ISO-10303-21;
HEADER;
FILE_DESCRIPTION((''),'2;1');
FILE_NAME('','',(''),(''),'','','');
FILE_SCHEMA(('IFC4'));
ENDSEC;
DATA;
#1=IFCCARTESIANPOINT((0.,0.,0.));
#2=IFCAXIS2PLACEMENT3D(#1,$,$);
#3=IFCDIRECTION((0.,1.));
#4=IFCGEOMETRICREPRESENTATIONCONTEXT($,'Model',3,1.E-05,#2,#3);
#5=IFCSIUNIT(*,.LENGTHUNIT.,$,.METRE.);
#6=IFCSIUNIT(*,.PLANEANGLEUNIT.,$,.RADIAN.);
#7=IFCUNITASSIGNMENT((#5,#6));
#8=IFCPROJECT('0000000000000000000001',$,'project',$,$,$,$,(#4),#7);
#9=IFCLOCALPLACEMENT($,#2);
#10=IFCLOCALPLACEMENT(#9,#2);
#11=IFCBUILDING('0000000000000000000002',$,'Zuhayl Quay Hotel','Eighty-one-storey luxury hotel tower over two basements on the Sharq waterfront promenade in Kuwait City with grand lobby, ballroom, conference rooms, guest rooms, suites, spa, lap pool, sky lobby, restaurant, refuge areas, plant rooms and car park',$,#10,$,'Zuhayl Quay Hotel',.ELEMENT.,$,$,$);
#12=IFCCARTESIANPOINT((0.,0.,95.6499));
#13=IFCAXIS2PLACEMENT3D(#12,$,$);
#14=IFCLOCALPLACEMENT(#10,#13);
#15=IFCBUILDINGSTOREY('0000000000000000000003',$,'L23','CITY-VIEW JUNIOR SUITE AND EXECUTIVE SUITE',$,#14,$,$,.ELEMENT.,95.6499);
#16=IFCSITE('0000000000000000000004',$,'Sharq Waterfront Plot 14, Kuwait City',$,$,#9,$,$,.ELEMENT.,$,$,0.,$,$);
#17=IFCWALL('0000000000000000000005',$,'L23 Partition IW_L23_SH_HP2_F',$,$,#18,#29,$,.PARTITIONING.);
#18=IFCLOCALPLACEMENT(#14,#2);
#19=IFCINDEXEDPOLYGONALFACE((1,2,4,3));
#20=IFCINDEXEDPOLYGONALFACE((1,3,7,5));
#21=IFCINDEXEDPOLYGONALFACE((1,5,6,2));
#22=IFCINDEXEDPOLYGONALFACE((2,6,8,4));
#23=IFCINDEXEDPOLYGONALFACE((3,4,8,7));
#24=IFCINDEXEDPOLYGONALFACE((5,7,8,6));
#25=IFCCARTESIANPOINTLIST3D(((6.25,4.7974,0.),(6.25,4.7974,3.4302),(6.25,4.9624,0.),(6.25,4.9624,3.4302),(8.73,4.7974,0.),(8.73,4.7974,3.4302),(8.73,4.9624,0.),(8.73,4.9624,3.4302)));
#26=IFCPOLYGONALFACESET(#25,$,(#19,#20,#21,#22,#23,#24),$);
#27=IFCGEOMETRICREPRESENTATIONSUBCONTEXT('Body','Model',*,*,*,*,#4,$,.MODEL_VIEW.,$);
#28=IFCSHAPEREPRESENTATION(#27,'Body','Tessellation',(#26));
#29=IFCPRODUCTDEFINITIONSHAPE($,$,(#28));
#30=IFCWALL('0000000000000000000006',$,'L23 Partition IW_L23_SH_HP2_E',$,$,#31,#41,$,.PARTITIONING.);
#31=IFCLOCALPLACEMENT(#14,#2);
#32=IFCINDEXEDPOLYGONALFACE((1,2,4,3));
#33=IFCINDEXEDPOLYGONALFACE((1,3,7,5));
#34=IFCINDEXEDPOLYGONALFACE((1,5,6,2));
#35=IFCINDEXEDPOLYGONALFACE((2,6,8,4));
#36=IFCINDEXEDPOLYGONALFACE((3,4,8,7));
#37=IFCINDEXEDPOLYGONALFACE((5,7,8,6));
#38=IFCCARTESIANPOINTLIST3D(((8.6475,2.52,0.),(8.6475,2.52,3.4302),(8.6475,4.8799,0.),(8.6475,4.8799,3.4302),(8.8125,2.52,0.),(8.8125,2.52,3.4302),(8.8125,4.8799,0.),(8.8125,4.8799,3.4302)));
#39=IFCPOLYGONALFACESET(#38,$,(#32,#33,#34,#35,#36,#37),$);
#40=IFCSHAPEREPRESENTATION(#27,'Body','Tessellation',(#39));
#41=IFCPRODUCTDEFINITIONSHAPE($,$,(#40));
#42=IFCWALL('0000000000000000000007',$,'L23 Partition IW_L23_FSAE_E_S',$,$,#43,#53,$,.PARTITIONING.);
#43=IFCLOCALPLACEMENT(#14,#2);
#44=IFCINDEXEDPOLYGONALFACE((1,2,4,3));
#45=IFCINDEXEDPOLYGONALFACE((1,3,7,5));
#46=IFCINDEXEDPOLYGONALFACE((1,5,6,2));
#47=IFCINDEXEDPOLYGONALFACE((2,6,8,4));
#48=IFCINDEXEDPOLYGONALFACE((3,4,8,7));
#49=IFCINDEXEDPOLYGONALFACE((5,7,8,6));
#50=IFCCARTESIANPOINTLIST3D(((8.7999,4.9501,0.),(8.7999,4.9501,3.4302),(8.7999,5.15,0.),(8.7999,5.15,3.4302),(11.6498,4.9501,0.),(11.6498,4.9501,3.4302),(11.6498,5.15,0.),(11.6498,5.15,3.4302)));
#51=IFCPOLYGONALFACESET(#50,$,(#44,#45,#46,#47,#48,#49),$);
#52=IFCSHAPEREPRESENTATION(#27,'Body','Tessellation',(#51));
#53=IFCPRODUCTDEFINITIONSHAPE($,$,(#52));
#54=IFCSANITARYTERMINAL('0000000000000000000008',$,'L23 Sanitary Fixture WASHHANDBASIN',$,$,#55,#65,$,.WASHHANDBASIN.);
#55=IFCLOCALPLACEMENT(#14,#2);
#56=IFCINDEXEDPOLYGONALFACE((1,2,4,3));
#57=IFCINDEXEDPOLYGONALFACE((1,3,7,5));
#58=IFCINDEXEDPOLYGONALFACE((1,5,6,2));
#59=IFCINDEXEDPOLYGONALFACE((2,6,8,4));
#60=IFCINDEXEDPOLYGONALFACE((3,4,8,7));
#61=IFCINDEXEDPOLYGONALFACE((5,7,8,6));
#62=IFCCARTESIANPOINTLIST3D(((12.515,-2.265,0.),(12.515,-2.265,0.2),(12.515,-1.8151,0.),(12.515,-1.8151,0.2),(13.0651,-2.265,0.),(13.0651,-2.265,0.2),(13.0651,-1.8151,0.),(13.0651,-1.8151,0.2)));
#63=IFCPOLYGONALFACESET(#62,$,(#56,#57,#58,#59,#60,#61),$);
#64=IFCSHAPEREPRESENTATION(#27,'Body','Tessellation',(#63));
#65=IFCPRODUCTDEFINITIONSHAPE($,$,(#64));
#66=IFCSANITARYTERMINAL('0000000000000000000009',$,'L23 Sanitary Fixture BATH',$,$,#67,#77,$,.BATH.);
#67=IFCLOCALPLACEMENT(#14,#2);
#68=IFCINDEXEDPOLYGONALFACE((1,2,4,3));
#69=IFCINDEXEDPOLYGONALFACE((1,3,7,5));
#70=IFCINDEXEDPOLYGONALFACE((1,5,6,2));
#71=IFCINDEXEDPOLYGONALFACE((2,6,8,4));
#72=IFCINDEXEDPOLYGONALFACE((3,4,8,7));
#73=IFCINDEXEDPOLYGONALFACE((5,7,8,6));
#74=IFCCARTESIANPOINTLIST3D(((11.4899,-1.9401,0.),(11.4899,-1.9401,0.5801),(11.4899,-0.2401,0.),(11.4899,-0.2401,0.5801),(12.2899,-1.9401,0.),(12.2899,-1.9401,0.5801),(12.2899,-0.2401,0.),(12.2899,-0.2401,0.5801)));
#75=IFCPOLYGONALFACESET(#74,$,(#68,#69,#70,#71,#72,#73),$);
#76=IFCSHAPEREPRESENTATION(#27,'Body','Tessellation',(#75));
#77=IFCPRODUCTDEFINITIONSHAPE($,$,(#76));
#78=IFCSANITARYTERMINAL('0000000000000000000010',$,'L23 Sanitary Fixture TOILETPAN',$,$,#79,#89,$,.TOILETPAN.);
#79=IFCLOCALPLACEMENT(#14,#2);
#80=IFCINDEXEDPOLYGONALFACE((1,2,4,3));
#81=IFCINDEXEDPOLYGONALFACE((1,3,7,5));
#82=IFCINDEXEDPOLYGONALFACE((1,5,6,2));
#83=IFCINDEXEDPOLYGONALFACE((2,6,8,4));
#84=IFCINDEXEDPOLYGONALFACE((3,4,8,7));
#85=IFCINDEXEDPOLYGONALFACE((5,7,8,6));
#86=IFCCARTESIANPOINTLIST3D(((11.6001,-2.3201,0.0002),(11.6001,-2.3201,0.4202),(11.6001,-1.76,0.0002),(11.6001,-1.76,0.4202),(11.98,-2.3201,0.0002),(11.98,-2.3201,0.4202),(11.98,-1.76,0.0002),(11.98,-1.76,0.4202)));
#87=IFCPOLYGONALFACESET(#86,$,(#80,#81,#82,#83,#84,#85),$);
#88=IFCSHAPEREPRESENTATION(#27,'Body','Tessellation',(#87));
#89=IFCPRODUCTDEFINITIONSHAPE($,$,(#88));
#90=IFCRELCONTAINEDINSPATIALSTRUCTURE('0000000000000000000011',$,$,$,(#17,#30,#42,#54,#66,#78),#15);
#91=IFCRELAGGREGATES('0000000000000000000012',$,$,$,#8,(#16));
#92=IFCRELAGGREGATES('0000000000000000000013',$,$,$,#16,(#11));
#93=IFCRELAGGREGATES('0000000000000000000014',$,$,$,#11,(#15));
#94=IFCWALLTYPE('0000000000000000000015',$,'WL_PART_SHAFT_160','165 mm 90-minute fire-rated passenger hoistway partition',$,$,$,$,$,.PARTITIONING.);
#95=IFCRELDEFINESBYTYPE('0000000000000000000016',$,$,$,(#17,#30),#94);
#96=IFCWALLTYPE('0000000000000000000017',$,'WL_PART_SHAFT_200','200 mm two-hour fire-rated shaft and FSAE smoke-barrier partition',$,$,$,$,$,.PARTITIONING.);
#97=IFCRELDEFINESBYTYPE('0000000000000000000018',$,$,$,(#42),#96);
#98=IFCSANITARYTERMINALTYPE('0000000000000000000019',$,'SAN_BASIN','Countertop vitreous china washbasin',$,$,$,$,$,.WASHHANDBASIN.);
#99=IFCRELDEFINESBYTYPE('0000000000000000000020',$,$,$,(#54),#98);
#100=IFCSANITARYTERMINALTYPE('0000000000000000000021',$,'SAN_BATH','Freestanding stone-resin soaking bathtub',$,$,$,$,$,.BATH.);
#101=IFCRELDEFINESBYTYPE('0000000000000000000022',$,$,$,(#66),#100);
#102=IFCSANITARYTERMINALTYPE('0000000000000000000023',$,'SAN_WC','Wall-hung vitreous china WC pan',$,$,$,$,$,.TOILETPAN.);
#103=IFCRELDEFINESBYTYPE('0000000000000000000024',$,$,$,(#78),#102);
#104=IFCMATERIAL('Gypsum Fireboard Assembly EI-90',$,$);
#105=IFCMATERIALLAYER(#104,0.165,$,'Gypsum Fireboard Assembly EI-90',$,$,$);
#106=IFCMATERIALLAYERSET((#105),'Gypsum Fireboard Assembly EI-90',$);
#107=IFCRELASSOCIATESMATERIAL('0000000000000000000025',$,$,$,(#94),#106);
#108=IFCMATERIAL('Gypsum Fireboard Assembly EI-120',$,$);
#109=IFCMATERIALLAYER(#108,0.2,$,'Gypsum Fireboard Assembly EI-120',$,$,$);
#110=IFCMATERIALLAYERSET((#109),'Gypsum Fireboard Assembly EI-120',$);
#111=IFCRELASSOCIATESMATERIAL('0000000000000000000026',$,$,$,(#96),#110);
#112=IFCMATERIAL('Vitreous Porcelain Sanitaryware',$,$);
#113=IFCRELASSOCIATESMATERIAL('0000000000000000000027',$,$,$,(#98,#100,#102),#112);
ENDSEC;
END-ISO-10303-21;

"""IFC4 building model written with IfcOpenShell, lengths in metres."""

from ifc_helpers import new_model, si_unit, direction, frame, frame_2d, origin, origin_2d, place, context, subcontext, project, spatial, rectangle, extrude, material, layer, layer_set, type_object, element, save


model = new_model("IFC4")

# Units and contexts
model_context = context("Model", 3, precision=1e-05, world=origin(), true_north=direction((0.0, 1.0)))
body_context = subcontext(model_context, "Body", "Model", "MODEL_VIEW")
ifc_project = project(units=[si_unit("LENGTHUNIT", "METRE"), si_unit("PLANEANGLEUNIT", "RADIAN")], contexts=[model_context])

# Site, building, storey
site_placement = place(None, origin())
site = spatial("IfcSite", under=ifc_project, at=site_placement, Name="Sharq Waterfront Plot 14, Kuwait City", CompositionType="ELEMENT", RefElevation=0.0)
building_placement = place(site_placement, origin())
building = spatial("IfcBuilding", under=site, at=building_placement, Name="Zuhayl Quay Hotel", Description="Eighty-one-storey luxury hotel tower over two basements on the Sharq waterfront promenade in Kuwait City with grand lobby, ballroom, conference rooms, guest rooms, suites, spa, lap pool, sky lobby, restaurant, refuge areas, plant rooms and car park", LongName="Zuhayl Quay Hotel", CompositionType="ELEMENT")
storey_placement = place(building_placement, frame((0.0, 0.0, 95.6499)))
storey = spatial("IfcBuildingStorey", under=building, at=storey_placement, Name="L23", Description="CITY-VIEW JUNIOR SUITE AND EXECUTIVE SUITE", CompositionType="ELEMENT", Elevation=95.6499)

# Walls
ifc_material_1 = material(Name="Gypsum Fireboard Assembly EI-90")
ifc_layer_1 = layer(ifc_material_1, 0.165, Name="Gypsum Fireboard Assembly EI-90")
ifc_layer_set_1 = layer_set([ifc_layer_1], Name="Gypsum Fireboard Assembly EI-90")
wall_type_1 = type_object("IfcWallType", Name="WL_PART_SHAFT_160", Description="165 mm 90-minute fire-rated passenger hoistway partition", PredefinedType="PARTITIONING", material=ifc_layer_set_1)
wall_1_placement = place(storey_placement, frame((6.25, 4.8799, 0.0), z_axis=(0.0, 0.0, 1.0), x_axis=(1.0, 0.0, 0.0)))
element("IfcWall", 1, at=wall_1_placement, inside=storey, type_object=wall_type_1, Name="L23 Partition IW_L23_SH_HP2_F", PredefinedType="PARTITIONING", context=body_context, shape_type="SweptSolid", body=[
    extrude(rectangle(XDim=2.48, YDim=0.165, at=frame_2d((1.24, 0.0))), origin(), (0.0, 0.0, 1.0), 3.4302),
])
wall_2_placement = place(storey_placement, frame((8.73, 2.52, 0.0), z_axis=(0.0, 0.0, 1.0), x_axis=(0.0, 1.0, 0.0)))
element("IfcWall", 2, at=wall_2_placement, inside=storey, type_object=wall_type_1, Name="L23 Partition IW_L23_SH_HP2_E", PredefinedType="PARTITIONING", context=body_context, shape_type="SweptSolid", body=[
    extrude(rectangle(XDim=2.3599, YDim=0.165, at=frame_2d((1.1799, 0.0))), origin(), (0.0, 0.0, 1.0), 3.4302),
])
ifc_material_2 = material(Name="Gypsum Fireboard Assembly EI-120")
ifc_layer_2 = layer(ifc_material_2, 0.2, Name="Gypsum Fireboard Assembly EI-120")
ifc_layer_set_2 = layer_set([ifc_layer_2], Name="Gypsum Fireboard Assembly EI-120")
wall_type_2 = type_object("IfcWallType", Name="WL_PART_SHAFT_200", Description="200 mm two-hour fire-rated shaft and FSAE smoke-barrier partition", PredefinedType="PARTITIONING", material=ifc_layer_set_2)
wall_3_placement = place(storey_placement, frame((8.8, 5.05, 0.0), z_axis=(0.0, 0.0, 1.0), x_axis=(1.0, 0.0, 0.0)))
element("IfcWall", 3, at=wall_3_placement, inside=storey, type_object=wall_type_2, Name="L23 Partition IW_L23_FSAE_E_S", PredefinedType="PARTITIONING", context=body_context, shape_type="SweptSolid", body=[
    extrude(rectangle(XDim=2.8499, YDim=0.2, at=frame_2d((1.4248, 0.0))), origin(), (0.0, 0.0, 1.0), 3.4302),
])

# Sanitary terminals
ifc_material_3 = material(Name="Vitreous Porcelain Sanitaryware")
sanitary_terminal_type_1 = type_object("IfcSanitaryTerminalType", Name="SAN_BASIN", Description="Countertop vitreous china washbasin", PredefinedType="WASHHANDBASIN", material=ifc_material_3)
sanitary_terminal_1_placement = place(storey_placement, frame((12.79, -2.04, 0.0), z_axis=(0.0, 0.0, 1.0), x_axis=(1.0, 0.0, 0.0)))
element("IfcSanitaryTerminal", 4, at=sanitary_terminal_1_placement, inside=storey, type_object=sanitary_terminal_type_1, Name="L23 Sanitary Fixture WASHHANDBASIN", PredefinedType="WASHHANDBASIN", context=body_context, shape_type="SweptSolid", body=[
    extrude(rectangle(XDim=0.55, YDim=0.45, at=origin_2d()), origin(), (0.0, 0.0, 1.0), 0.2),
])
sanitary_terminal_type_2 = type_object("IfcSanitaryTerminalType", Name="SAN_BATH", Description="Freestanding stone-resin soaking bathtub", PredefinedType="BATH", material=ifc_material_3)
sanitary_terminal_2_placement = place(storey_placement, frame((11.8899, -1.0901, 0.0), z_axis=(0.0, 0.0, 1.0), x_axis=(1.0, 0.0, 0.0)))
element("IfcSanitaryTerminal", 5, at=sanitary_terminal_2_placement, inside=storey, type_object=sanitary_terminal_type_2, Name="L23 Sanitary Fixture BATH", PredefinedType="BATH", context=body_context, shape_type="SweptSolid", body=[
    extrude(rectangle(XDim=0.8, YDim=1.7, at=origin_2d()), origin(), (0.0, 0.0, 1.0), 0.5801),
])
sanitary_terminal_type_3 = type_object("IfcSanitaryTerminalType", Name="SAN_WC", Description="Wall-hung vitreous china WC pan", PredefinedType="TOILETPAN", material=ifc_material_3)
sanitary_terminal_3_placement = place(storey_placement, frame((11.79, -2.04, 0.0002), z_axis=(0.0, 0.0, 1.0), x_axis=(1.0, 0.0, 0.0)))
element("IfcSanitaryTerminal", 6, at=sanitary_terminal_3_placement, inside=storey, type_object=sanitary_terminal_type_3, Name="L23 Sanitary Fixture TOILETPAN", PredefinedType="TOILETPAN", context=body_context, shape_type="SweptSolid", body=[
    extrude(rectangle(XDim=0.3799, YDim=0.5601, at=origin_2d()), origin(), (0.0, 0.0, 1.0), 0.4199),
])

save(model, "model.ifc")
